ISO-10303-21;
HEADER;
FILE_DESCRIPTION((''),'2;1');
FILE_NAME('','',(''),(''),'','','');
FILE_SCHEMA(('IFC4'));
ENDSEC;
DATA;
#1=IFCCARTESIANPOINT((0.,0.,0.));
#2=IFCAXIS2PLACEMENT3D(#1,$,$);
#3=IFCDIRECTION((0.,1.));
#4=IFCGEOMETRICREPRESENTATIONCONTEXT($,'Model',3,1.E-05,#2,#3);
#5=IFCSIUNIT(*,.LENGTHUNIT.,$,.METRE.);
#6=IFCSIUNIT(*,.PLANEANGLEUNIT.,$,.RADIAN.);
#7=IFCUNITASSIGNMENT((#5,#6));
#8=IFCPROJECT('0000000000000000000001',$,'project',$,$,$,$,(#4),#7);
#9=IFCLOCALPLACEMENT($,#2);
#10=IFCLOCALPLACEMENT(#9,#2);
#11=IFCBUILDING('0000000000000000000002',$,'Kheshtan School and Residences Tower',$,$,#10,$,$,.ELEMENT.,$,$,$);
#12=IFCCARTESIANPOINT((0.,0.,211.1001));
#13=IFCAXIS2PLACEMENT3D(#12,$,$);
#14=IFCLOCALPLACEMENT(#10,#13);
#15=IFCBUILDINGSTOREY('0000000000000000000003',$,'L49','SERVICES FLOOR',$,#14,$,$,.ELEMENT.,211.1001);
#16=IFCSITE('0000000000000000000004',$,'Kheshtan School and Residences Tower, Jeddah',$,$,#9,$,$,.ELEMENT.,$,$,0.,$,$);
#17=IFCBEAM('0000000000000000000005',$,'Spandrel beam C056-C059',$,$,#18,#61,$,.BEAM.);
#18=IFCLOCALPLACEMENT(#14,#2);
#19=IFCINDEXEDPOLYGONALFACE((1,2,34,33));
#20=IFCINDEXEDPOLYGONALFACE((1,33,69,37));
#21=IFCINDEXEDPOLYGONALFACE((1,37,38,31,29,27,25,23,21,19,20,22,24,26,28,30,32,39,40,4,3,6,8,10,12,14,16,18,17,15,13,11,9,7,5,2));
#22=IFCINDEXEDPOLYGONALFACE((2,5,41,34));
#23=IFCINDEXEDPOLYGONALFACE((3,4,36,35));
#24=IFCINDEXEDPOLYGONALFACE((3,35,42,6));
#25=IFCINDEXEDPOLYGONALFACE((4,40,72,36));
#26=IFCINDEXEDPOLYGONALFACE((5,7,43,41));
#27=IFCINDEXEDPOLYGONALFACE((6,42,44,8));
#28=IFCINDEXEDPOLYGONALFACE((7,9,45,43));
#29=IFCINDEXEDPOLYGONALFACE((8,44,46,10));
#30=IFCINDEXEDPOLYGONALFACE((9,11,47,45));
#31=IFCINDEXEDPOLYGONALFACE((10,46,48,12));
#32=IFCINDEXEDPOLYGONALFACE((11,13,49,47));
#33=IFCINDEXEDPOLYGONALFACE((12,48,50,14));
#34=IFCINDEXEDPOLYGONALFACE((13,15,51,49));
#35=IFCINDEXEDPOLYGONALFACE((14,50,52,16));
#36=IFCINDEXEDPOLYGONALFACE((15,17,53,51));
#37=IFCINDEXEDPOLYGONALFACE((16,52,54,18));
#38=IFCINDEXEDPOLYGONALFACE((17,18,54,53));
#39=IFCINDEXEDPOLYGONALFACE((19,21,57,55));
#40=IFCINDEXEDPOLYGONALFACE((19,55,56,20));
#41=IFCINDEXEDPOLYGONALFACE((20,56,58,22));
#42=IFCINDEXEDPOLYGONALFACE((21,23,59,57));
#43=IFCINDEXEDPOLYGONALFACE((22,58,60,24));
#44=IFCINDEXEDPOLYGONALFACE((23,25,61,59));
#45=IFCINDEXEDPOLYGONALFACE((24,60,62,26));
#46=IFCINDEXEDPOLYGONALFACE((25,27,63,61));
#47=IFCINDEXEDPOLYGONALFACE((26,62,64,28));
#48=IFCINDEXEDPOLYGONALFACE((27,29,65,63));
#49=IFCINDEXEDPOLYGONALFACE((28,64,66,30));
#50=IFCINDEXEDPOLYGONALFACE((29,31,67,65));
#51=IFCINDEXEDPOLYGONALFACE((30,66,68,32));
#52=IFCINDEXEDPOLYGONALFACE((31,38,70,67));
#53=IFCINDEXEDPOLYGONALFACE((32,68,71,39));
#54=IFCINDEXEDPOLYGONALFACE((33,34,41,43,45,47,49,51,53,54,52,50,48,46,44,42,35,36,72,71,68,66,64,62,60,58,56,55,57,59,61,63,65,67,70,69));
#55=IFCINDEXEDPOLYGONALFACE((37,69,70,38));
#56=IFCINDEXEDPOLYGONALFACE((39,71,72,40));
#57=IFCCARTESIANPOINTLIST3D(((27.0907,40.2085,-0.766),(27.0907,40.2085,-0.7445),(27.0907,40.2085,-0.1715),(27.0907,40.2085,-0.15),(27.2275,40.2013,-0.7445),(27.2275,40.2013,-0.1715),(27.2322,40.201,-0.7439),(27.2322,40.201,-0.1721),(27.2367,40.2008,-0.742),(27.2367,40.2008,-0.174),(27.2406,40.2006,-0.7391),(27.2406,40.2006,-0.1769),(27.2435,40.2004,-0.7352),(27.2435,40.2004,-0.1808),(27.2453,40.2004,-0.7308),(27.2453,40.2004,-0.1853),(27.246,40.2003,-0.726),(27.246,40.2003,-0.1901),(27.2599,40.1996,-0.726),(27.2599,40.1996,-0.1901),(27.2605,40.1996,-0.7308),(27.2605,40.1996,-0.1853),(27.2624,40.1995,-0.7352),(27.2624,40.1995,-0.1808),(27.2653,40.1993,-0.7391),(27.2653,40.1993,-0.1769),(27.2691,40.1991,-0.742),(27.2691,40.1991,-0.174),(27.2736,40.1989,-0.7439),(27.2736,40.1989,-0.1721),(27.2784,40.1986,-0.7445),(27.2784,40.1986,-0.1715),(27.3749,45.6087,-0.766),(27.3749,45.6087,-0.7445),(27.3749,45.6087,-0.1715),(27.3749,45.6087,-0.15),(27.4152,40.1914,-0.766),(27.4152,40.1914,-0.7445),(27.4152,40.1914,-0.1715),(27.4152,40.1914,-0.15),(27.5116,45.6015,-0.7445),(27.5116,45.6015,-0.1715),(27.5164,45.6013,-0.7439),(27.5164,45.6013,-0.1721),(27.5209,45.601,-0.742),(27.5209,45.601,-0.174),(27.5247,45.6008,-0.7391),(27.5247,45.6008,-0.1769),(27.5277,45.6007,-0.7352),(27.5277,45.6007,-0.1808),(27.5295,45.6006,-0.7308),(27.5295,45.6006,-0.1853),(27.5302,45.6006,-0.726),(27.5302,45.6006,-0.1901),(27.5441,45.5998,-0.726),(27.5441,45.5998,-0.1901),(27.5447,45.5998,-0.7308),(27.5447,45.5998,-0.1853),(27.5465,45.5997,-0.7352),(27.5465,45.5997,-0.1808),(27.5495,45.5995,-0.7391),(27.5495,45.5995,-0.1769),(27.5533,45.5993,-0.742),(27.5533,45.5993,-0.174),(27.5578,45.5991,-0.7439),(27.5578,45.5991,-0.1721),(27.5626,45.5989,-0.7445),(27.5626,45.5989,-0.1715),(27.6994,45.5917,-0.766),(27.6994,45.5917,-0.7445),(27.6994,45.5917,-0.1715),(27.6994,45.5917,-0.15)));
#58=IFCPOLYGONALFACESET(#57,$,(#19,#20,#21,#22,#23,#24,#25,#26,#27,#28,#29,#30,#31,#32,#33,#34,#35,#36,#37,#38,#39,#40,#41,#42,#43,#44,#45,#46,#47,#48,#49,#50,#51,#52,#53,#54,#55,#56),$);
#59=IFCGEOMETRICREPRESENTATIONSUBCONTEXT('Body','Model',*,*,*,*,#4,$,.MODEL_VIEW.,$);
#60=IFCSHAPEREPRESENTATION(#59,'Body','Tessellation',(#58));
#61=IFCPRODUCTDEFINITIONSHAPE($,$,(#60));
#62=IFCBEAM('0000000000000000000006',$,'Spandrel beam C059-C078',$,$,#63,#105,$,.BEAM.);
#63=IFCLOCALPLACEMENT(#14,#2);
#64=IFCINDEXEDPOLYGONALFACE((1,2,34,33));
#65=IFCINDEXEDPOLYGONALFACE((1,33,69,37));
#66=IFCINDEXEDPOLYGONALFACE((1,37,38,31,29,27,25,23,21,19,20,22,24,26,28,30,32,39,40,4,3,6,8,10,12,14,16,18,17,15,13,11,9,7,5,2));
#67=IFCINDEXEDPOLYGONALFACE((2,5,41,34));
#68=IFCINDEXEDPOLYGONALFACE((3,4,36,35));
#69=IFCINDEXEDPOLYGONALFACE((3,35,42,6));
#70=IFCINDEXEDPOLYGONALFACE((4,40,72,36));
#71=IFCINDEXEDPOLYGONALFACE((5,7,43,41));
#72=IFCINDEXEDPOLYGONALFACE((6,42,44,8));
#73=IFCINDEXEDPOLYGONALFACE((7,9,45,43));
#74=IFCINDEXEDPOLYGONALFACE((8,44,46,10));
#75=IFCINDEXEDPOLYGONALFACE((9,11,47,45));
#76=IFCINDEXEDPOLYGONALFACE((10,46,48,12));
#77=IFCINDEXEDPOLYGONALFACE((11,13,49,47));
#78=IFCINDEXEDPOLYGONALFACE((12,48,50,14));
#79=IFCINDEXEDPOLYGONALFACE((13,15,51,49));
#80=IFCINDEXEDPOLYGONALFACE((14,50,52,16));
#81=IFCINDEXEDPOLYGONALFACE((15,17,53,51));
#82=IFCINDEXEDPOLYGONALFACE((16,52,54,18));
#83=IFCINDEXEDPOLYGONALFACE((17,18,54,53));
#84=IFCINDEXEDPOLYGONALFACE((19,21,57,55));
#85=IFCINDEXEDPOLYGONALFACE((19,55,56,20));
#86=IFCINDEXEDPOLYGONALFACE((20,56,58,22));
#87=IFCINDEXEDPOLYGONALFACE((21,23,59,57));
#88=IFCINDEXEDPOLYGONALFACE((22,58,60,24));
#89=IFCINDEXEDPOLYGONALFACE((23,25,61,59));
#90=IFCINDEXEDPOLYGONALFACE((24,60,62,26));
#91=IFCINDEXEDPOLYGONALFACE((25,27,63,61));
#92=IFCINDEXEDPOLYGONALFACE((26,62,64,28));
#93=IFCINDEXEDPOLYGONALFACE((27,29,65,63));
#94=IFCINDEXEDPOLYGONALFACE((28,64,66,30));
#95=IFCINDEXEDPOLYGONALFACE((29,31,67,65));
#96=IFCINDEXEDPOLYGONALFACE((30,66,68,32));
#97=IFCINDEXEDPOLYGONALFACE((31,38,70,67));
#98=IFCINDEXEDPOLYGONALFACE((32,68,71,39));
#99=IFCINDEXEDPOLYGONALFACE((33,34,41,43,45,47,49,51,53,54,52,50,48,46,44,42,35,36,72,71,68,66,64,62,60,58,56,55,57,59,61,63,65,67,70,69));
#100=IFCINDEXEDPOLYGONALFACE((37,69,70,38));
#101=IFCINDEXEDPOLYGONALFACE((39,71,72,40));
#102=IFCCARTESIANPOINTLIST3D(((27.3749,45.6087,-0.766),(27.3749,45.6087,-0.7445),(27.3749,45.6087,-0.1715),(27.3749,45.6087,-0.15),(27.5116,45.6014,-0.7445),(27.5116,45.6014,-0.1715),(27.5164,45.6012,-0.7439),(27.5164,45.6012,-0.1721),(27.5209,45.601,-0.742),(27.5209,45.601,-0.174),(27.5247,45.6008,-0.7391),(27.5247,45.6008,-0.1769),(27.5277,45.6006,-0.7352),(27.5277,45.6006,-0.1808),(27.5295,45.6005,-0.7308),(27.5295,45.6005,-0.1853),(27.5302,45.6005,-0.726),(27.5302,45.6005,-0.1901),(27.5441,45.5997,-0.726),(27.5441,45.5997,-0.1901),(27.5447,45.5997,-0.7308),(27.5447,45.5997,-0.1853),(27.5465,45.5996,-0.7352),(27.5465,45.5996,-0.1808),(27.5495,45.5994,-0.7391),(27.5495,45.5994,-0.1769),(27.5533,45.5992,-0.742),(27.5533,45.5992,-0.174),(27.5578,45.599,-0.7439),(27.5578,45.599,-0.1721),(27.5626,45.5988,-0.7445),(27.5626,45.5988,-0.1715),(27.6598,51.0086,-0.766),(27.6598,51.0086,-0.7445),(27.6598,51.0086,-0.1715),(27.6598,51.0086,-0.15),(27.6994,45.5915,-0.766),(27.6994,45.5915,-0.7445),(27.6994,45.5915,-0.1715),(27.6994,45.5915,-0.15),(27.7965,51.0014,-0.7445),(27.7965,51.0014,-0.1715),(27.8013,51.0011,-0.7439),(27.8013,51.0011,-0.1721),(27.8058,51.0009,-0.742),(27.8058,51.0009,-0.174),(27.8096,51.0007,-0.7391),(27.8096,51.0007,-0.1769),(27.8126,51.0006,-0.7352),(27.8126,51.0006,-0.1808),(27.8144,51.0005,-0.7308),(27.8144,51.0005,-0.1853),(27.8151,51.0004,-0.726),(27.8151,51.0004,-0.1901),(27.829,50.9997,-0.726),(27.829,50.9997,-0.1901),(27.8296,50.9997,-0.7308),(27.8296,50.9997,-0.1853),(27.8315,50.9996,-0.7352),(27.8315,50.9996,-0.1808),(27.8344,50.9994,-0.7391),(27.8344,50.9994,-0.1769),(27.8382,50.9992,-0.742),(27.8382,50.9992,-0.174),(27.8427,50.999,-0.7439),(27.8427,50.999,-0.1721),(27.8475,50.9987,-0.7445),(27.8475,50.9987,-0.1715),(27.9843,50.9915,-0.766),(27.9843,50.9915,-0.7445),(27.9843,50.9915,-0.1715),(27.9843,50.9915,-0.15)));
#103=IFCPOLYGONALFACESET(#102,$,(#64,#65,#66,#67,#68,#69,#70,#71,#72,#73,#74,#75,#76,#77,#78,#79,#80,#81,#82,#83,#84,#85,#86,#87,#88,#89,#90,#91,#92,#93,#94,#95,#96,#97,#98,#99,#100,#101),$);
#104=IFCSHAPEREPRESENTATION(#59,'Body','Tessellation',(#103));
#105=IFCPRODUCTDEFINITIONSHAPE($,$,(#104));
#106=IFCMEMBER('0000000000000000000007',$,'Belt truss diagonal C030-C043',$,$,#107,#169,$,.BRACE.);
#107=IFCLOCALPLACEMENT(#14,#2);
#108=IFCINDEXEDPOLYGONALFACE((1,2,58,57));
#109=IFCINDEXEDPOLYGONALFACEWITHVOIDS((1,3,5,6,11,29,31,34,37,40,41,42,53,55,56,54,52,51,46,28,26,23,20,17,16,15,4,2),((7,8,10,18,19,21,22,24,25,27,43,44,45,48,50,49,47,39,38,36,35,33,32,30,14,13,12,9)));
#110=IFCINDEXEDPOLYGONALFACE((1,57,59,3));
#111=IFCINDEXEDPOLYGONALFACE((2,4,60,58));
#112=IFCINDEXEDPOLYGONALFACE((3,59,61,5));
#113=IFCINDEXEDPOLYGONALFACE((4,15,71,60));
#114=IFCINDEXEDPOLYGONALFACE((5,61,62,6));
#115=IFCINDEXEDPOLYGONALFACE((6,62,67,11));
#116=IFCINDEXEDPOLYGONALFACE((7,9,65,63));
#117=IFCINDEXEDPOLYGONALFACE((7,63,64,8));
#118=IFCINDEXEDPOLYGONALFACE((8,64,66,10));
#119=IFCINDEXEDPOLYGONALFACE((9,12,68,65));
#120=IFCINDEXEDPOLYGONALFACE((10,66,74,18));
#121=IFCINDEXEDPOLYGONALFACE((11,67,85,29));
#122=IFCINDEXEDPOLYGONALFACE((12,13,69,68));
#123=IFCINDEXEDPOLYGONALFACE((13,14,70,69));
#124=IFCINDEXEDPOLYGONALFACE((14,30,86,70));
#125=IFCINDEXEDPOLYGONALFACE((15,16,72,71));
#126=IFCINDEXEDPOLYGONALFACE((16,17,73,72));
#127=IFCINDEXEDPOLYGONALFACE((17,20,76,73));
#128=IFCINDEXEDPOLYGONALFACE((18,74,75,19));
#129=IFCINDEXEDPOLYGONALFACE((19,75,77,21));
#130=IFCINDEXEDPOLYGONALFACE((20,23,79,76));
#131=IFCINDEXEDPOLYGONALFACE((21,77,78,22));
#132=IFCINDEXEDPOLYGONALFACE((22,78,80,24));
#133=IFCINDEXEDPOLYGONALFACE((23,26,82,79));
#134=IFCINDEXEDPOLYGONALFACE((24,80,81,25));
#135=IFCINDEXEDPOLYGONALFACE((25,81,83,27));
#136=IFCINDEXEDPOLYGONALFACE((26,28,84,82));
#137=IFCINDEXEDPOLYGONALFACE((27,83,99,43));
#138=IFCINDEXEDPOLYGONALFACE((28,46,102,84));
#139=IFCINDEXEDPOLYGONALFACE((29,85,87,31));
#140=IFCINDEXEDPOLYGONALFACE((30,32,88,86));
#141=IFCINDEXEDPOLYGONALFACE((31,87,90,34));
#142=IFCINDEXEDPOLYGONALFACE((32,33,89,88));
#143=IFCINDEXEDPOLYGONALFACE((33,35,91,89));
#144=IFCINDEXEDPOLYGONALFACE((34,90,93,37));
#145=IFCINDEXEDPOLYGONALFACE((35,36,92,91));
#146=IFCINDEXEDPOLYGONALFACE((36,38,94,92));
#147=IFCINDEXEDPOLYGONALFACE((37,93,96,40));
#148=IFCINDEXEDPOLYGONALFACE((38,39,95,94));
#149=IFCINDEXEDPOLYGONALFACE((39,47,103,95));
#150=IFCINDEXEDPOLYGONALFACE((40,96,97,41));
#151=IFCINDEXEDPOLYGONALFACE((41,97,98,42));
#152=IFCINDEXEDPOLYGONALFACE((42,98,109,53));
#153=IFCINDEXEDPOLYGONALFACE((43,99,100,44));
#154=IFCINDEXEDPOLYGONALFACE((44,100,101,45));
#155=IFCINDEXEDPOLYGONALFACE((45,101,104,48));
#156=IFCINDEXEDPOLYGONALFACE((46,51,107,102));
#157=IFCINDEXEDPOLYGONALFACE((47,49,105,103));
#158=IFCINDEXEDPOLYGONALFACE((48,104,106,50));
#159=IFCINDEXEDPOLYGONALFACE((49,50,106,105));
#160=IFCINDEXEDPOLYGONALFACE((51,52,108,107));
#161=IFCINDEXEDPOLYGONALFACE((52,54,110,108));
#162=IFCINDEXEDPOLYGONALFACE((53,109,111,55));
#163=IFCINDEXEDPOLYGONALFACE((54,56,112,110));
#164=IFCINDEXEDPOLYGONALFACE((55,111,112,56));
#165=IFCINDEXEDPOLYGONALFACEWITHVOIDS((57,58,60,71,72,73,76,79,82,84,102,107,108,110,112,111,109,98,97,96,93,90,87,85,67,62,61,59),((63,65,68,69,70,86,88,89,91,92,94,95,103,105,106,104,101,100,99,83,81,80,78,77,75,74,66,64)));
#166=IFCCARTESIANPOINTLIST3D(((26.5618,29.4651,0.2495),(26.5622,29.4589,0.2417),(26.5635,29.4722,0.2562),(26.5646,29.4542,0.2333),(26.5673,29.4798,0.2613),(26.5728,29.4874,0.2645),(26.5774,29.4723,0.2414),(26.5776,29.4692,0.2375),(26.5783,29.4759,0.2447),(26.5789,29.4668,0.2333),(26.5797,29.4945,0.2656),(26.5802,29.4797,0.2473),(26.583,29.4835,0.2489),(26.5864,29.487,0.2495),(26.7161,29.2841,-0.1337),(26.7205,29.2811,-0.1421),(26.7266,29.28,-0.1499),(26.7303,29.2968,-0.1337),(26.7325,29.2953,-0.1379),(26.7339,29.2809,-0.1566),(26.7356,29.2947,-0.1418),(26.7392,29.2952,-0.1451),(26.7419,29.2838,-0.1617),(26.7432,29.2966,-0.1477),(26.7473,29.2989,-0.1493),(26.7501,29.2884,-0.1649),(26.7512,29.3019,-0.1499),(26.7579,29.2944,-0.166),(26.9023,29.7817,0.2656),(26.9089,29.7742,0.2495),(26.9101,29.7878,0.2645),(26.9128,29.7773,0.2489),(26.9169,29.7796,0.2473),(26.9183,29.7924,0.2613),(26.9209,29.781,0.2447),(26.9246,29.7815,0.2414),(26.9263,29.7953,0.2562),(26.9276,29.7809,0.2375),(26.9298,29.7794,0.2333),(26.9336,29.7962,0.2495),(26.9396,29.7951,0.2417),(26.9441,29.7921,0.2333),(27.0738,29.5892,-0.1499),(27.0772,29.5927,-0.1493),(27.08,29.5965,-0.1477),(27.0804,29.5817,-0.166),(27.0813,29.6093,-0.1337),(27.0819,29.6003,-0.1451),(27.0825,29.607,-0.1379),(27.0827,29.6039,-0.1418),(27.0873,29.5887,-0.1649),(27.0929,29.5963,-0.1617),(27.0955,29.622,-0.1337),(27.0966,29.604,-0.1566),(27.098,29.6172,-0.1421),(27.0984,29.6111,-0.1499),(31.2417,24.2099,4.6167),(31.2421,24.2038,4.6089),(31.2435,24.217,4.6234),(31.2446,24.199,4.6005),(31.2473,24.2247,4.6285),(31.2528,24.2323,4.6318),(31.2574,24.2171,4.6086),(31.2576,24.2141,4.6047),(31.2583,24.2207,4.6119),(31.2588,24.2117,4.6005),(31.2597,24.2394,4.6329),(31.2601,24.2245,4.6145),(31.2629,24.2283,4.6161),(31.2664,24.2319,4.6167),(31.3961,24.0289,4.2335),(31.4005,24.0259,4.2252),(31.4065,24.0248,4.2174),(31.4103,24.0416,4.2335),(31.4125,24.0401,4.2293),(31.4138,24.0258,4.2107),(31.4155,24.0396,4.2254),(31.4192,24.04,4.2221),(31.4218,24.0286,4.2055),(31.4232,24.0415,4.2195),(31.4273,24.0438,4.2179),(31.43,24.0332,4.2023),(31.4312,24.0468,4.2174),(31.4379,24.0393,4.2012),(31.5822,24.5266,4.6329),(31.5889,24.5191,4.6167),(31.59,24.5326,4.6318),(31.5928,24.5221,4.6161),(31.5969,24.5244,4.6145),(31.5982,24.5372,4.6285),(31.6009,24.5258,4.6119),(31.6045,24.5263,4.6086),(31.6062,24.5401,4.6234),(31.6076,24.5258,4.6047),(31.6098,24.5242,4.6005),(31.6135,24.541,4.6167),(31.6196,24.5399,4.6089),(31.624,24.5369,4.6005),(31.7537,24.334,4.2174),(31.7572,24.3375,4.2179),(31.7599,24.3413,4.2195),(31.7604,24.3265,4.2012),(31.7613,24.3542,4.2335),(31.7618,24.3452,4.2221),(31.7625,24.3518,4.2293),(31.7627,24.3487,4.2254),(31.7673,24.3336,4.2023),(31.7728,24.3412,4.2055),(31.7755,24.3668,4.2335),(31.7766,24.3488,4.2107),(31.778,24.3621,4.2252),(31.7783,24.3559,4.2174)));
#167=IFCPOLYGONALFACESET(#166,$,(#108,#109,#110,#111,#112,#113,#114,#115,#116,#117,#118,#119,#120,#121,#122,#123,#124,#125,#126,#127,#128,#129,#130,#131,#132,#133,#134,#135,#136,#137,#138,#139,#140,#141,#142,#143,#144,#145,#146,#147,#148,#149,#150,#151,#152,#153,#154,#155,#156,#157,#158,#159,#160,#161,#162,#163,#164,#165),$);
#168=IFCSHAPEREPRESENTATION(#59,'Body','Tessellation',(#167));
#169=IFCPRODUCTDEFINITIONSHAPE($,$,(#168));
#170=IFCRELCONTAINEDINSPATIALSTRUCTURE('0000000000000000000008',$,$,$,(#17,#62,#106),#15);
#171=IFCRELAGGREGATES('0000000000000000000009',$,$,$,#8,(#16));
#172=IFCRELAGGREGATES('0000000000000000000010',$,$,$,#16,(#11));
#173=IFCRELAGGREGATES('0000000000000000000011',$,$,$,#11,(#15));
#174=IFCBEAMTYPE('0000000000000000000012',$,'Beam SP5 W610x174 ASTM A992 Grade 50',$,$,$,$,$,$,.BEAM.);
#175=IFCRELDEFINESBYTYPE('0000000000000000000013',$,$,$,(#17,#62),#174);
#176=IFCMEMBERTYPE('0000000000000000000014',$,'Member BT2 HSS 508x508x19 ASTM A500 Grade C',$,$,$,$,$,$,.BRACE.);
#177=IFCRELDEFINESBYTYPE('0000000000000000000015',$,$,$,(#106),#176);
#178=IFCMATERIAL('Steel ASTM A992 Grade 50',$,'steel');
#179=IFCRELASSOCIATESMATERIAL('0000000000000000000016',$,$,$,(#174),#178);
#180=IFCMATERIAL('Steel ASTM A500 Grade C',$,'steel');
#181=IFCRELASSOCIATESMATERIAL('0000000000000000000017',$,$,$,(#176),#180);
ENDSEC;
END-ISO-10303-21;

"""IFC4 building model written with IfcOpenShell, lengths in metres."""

from ifc_helpers import new_model, si_unit, direction, frame, origin, origin_2d, place, context, subcontext, project, spatial, hollow_rectangle, i_section, extrude, material, material_profile, profile_set, type_object, element, save


model = new_model("IFC4")

# Units and contexts
model_context = context("Model", 3, precision=1e-05, world=origin(), true_north=direction((0.0, 1.0)))
body_context = subcontext(model_context, "Body", "Model", "MODEL_VIEW")
ifc_project = project(units=[si_unit("LENGTHUNIT", "METRE"), si_unit("PLANEANGLEUNIT", "RADIAN")], contexts=[model_context])

# Site, building, storey
site_placement = place(None, origin())
site = spatial("IfcSite", under=ifc_project, at=site_placement, Name="Kheshtan School and Residences Tower, Jeddah", CompositionType="ELEMENT", RefElevation=0.0)
building_placement = place(site_placement, origin())
building = spatial("IfcBuilding", under=site, at=building_placement, Name="Kheshtan School and Residences Tower", CompositionType="ELEMENT")
storey_placement = place(building_placement, frame((0.0, 0.0, 211.1001)))
storey = spatial("IfcBuildingStorey", under=building, at=storey_placement, Name="L49", Description="SERVICES FLOOR", CompositionType="ELEMENT", Elevation=211.1001)

# Shared definitions
ifc_material_1 = material(Name="Steel ASTM A992 Grade 50", Category="steel")

# Beams
ifc_material_profile_1 = material_profile(ifc_material_1, i_section(OverallWidth=0.325, OverallDepth=0.616, WebThickness=0.0139, FlangeThickness=0.0215, FilletRadius=0.0186, at=origin_2d()), Name="W610x174")
ifc_profile_set_1 = profile_set([ifc_material_profile_1], Name="Steel ASTM A992 Grade 50")
beam_type_1 = type_object("IfcBeamType", Name="Beam SP5 W610x174 ASTM A992 Grade 50", PredefinedType="BEAM", material=ifc_profile_set_1)
beam_1_placement = place(storey_placement, frame((27.2529, 40.2, -0.458), z_axis=(0.052552, 0.998618, 0.0), x_axis=(-0.998618, 0.052552, 0.0)))
element("IfcBeam", 1, at=beam_1_placement, inside=storey, type_object=beam_type_1, Name="Spandrel beam C056-C059", PredefinedType="BEAM", context=body_context, shape_type="SweptSolid", body=[
    extrude(i_section(OverallWidth=0.325, OverallDepth=0.616, WebThickness=0.0139, FlangeThickness=0.0215, FilletRadius=0.0186, at=origin_2d()), origin(), (0.0, 0.0, 1.0), 5.4077),
])
beam_2_placement = place(storey_placement, frame((27.5371, 45.6001, -0.458), z_axis=(0.052689, 0.998611, 0.0), x_axis=(-0.998611, 0.052689, 0.0)))
element("IfcBeam", 2, at=beam_2_placement, inside=storey, type_object=beam_type_1, Name="Spandrel beam C059-C078", PredefinedType="BEAM", context=body_context, shape_type="SweptSolid", body=[
    extrude(i_section(OverallWidth=0.325, OverallDepth=0.616, WebThickness=0.0139, FlangeThickness=0.0215, FilletRadius=0.0186, at=origin_2d()), origin(), (0.0, 0.0, 1.0), 5.4075),
])

# Member
ifc_material_2 = material(Name="Steel ASTM A500 Grade C", Category="steel")
ifc_material_profile_2 = material_profile(ifc_material_2, hollow_rectangle(XDim=0.5081, YDim=0.5081, WallThickness=0.019, InnerFilletRadius=0.019, OuterFilletRadius=0.0381, at=origin_2d()), Name="HSS 508x508x19")
ifc_profile_set_2 = profile_set([ifc_material_profile_2], Name="Steel ASTM A500 Grade C")
member_type = type_object("IfcMemberType", Name="Member BT2 HSS 508x508x19 ASTM A500 Grade C", PredefinedType="BRACE", material=ifc_profile_set_2)
member_1_placement = place(storey_placement, frame((26.8301, 29.5381, 0.0498), z_axis=(0.565077, -0.634529, 0.527315), x_axis=(0.746795, 0.665055, 0.0)))
element("IfcMember", 3, at=member_1_placement, inside=storey, type_object=member_type, Name="Belt truss diagonal C030-C043", PredefinedType="BRACE", context=body_context, shape_type="SweptSolid", body=[
    extrude(hollow_rectangle(XDim=0.5081, YDim=0.5081, WallThickness=0.019, InnerFilletRadius=0.019, OuterFilletRadius=0.0381, at=origin_2d()), origin(), (0.0, 0.0, 1.0), 8.282),
])

save(model, "model.ifc")
